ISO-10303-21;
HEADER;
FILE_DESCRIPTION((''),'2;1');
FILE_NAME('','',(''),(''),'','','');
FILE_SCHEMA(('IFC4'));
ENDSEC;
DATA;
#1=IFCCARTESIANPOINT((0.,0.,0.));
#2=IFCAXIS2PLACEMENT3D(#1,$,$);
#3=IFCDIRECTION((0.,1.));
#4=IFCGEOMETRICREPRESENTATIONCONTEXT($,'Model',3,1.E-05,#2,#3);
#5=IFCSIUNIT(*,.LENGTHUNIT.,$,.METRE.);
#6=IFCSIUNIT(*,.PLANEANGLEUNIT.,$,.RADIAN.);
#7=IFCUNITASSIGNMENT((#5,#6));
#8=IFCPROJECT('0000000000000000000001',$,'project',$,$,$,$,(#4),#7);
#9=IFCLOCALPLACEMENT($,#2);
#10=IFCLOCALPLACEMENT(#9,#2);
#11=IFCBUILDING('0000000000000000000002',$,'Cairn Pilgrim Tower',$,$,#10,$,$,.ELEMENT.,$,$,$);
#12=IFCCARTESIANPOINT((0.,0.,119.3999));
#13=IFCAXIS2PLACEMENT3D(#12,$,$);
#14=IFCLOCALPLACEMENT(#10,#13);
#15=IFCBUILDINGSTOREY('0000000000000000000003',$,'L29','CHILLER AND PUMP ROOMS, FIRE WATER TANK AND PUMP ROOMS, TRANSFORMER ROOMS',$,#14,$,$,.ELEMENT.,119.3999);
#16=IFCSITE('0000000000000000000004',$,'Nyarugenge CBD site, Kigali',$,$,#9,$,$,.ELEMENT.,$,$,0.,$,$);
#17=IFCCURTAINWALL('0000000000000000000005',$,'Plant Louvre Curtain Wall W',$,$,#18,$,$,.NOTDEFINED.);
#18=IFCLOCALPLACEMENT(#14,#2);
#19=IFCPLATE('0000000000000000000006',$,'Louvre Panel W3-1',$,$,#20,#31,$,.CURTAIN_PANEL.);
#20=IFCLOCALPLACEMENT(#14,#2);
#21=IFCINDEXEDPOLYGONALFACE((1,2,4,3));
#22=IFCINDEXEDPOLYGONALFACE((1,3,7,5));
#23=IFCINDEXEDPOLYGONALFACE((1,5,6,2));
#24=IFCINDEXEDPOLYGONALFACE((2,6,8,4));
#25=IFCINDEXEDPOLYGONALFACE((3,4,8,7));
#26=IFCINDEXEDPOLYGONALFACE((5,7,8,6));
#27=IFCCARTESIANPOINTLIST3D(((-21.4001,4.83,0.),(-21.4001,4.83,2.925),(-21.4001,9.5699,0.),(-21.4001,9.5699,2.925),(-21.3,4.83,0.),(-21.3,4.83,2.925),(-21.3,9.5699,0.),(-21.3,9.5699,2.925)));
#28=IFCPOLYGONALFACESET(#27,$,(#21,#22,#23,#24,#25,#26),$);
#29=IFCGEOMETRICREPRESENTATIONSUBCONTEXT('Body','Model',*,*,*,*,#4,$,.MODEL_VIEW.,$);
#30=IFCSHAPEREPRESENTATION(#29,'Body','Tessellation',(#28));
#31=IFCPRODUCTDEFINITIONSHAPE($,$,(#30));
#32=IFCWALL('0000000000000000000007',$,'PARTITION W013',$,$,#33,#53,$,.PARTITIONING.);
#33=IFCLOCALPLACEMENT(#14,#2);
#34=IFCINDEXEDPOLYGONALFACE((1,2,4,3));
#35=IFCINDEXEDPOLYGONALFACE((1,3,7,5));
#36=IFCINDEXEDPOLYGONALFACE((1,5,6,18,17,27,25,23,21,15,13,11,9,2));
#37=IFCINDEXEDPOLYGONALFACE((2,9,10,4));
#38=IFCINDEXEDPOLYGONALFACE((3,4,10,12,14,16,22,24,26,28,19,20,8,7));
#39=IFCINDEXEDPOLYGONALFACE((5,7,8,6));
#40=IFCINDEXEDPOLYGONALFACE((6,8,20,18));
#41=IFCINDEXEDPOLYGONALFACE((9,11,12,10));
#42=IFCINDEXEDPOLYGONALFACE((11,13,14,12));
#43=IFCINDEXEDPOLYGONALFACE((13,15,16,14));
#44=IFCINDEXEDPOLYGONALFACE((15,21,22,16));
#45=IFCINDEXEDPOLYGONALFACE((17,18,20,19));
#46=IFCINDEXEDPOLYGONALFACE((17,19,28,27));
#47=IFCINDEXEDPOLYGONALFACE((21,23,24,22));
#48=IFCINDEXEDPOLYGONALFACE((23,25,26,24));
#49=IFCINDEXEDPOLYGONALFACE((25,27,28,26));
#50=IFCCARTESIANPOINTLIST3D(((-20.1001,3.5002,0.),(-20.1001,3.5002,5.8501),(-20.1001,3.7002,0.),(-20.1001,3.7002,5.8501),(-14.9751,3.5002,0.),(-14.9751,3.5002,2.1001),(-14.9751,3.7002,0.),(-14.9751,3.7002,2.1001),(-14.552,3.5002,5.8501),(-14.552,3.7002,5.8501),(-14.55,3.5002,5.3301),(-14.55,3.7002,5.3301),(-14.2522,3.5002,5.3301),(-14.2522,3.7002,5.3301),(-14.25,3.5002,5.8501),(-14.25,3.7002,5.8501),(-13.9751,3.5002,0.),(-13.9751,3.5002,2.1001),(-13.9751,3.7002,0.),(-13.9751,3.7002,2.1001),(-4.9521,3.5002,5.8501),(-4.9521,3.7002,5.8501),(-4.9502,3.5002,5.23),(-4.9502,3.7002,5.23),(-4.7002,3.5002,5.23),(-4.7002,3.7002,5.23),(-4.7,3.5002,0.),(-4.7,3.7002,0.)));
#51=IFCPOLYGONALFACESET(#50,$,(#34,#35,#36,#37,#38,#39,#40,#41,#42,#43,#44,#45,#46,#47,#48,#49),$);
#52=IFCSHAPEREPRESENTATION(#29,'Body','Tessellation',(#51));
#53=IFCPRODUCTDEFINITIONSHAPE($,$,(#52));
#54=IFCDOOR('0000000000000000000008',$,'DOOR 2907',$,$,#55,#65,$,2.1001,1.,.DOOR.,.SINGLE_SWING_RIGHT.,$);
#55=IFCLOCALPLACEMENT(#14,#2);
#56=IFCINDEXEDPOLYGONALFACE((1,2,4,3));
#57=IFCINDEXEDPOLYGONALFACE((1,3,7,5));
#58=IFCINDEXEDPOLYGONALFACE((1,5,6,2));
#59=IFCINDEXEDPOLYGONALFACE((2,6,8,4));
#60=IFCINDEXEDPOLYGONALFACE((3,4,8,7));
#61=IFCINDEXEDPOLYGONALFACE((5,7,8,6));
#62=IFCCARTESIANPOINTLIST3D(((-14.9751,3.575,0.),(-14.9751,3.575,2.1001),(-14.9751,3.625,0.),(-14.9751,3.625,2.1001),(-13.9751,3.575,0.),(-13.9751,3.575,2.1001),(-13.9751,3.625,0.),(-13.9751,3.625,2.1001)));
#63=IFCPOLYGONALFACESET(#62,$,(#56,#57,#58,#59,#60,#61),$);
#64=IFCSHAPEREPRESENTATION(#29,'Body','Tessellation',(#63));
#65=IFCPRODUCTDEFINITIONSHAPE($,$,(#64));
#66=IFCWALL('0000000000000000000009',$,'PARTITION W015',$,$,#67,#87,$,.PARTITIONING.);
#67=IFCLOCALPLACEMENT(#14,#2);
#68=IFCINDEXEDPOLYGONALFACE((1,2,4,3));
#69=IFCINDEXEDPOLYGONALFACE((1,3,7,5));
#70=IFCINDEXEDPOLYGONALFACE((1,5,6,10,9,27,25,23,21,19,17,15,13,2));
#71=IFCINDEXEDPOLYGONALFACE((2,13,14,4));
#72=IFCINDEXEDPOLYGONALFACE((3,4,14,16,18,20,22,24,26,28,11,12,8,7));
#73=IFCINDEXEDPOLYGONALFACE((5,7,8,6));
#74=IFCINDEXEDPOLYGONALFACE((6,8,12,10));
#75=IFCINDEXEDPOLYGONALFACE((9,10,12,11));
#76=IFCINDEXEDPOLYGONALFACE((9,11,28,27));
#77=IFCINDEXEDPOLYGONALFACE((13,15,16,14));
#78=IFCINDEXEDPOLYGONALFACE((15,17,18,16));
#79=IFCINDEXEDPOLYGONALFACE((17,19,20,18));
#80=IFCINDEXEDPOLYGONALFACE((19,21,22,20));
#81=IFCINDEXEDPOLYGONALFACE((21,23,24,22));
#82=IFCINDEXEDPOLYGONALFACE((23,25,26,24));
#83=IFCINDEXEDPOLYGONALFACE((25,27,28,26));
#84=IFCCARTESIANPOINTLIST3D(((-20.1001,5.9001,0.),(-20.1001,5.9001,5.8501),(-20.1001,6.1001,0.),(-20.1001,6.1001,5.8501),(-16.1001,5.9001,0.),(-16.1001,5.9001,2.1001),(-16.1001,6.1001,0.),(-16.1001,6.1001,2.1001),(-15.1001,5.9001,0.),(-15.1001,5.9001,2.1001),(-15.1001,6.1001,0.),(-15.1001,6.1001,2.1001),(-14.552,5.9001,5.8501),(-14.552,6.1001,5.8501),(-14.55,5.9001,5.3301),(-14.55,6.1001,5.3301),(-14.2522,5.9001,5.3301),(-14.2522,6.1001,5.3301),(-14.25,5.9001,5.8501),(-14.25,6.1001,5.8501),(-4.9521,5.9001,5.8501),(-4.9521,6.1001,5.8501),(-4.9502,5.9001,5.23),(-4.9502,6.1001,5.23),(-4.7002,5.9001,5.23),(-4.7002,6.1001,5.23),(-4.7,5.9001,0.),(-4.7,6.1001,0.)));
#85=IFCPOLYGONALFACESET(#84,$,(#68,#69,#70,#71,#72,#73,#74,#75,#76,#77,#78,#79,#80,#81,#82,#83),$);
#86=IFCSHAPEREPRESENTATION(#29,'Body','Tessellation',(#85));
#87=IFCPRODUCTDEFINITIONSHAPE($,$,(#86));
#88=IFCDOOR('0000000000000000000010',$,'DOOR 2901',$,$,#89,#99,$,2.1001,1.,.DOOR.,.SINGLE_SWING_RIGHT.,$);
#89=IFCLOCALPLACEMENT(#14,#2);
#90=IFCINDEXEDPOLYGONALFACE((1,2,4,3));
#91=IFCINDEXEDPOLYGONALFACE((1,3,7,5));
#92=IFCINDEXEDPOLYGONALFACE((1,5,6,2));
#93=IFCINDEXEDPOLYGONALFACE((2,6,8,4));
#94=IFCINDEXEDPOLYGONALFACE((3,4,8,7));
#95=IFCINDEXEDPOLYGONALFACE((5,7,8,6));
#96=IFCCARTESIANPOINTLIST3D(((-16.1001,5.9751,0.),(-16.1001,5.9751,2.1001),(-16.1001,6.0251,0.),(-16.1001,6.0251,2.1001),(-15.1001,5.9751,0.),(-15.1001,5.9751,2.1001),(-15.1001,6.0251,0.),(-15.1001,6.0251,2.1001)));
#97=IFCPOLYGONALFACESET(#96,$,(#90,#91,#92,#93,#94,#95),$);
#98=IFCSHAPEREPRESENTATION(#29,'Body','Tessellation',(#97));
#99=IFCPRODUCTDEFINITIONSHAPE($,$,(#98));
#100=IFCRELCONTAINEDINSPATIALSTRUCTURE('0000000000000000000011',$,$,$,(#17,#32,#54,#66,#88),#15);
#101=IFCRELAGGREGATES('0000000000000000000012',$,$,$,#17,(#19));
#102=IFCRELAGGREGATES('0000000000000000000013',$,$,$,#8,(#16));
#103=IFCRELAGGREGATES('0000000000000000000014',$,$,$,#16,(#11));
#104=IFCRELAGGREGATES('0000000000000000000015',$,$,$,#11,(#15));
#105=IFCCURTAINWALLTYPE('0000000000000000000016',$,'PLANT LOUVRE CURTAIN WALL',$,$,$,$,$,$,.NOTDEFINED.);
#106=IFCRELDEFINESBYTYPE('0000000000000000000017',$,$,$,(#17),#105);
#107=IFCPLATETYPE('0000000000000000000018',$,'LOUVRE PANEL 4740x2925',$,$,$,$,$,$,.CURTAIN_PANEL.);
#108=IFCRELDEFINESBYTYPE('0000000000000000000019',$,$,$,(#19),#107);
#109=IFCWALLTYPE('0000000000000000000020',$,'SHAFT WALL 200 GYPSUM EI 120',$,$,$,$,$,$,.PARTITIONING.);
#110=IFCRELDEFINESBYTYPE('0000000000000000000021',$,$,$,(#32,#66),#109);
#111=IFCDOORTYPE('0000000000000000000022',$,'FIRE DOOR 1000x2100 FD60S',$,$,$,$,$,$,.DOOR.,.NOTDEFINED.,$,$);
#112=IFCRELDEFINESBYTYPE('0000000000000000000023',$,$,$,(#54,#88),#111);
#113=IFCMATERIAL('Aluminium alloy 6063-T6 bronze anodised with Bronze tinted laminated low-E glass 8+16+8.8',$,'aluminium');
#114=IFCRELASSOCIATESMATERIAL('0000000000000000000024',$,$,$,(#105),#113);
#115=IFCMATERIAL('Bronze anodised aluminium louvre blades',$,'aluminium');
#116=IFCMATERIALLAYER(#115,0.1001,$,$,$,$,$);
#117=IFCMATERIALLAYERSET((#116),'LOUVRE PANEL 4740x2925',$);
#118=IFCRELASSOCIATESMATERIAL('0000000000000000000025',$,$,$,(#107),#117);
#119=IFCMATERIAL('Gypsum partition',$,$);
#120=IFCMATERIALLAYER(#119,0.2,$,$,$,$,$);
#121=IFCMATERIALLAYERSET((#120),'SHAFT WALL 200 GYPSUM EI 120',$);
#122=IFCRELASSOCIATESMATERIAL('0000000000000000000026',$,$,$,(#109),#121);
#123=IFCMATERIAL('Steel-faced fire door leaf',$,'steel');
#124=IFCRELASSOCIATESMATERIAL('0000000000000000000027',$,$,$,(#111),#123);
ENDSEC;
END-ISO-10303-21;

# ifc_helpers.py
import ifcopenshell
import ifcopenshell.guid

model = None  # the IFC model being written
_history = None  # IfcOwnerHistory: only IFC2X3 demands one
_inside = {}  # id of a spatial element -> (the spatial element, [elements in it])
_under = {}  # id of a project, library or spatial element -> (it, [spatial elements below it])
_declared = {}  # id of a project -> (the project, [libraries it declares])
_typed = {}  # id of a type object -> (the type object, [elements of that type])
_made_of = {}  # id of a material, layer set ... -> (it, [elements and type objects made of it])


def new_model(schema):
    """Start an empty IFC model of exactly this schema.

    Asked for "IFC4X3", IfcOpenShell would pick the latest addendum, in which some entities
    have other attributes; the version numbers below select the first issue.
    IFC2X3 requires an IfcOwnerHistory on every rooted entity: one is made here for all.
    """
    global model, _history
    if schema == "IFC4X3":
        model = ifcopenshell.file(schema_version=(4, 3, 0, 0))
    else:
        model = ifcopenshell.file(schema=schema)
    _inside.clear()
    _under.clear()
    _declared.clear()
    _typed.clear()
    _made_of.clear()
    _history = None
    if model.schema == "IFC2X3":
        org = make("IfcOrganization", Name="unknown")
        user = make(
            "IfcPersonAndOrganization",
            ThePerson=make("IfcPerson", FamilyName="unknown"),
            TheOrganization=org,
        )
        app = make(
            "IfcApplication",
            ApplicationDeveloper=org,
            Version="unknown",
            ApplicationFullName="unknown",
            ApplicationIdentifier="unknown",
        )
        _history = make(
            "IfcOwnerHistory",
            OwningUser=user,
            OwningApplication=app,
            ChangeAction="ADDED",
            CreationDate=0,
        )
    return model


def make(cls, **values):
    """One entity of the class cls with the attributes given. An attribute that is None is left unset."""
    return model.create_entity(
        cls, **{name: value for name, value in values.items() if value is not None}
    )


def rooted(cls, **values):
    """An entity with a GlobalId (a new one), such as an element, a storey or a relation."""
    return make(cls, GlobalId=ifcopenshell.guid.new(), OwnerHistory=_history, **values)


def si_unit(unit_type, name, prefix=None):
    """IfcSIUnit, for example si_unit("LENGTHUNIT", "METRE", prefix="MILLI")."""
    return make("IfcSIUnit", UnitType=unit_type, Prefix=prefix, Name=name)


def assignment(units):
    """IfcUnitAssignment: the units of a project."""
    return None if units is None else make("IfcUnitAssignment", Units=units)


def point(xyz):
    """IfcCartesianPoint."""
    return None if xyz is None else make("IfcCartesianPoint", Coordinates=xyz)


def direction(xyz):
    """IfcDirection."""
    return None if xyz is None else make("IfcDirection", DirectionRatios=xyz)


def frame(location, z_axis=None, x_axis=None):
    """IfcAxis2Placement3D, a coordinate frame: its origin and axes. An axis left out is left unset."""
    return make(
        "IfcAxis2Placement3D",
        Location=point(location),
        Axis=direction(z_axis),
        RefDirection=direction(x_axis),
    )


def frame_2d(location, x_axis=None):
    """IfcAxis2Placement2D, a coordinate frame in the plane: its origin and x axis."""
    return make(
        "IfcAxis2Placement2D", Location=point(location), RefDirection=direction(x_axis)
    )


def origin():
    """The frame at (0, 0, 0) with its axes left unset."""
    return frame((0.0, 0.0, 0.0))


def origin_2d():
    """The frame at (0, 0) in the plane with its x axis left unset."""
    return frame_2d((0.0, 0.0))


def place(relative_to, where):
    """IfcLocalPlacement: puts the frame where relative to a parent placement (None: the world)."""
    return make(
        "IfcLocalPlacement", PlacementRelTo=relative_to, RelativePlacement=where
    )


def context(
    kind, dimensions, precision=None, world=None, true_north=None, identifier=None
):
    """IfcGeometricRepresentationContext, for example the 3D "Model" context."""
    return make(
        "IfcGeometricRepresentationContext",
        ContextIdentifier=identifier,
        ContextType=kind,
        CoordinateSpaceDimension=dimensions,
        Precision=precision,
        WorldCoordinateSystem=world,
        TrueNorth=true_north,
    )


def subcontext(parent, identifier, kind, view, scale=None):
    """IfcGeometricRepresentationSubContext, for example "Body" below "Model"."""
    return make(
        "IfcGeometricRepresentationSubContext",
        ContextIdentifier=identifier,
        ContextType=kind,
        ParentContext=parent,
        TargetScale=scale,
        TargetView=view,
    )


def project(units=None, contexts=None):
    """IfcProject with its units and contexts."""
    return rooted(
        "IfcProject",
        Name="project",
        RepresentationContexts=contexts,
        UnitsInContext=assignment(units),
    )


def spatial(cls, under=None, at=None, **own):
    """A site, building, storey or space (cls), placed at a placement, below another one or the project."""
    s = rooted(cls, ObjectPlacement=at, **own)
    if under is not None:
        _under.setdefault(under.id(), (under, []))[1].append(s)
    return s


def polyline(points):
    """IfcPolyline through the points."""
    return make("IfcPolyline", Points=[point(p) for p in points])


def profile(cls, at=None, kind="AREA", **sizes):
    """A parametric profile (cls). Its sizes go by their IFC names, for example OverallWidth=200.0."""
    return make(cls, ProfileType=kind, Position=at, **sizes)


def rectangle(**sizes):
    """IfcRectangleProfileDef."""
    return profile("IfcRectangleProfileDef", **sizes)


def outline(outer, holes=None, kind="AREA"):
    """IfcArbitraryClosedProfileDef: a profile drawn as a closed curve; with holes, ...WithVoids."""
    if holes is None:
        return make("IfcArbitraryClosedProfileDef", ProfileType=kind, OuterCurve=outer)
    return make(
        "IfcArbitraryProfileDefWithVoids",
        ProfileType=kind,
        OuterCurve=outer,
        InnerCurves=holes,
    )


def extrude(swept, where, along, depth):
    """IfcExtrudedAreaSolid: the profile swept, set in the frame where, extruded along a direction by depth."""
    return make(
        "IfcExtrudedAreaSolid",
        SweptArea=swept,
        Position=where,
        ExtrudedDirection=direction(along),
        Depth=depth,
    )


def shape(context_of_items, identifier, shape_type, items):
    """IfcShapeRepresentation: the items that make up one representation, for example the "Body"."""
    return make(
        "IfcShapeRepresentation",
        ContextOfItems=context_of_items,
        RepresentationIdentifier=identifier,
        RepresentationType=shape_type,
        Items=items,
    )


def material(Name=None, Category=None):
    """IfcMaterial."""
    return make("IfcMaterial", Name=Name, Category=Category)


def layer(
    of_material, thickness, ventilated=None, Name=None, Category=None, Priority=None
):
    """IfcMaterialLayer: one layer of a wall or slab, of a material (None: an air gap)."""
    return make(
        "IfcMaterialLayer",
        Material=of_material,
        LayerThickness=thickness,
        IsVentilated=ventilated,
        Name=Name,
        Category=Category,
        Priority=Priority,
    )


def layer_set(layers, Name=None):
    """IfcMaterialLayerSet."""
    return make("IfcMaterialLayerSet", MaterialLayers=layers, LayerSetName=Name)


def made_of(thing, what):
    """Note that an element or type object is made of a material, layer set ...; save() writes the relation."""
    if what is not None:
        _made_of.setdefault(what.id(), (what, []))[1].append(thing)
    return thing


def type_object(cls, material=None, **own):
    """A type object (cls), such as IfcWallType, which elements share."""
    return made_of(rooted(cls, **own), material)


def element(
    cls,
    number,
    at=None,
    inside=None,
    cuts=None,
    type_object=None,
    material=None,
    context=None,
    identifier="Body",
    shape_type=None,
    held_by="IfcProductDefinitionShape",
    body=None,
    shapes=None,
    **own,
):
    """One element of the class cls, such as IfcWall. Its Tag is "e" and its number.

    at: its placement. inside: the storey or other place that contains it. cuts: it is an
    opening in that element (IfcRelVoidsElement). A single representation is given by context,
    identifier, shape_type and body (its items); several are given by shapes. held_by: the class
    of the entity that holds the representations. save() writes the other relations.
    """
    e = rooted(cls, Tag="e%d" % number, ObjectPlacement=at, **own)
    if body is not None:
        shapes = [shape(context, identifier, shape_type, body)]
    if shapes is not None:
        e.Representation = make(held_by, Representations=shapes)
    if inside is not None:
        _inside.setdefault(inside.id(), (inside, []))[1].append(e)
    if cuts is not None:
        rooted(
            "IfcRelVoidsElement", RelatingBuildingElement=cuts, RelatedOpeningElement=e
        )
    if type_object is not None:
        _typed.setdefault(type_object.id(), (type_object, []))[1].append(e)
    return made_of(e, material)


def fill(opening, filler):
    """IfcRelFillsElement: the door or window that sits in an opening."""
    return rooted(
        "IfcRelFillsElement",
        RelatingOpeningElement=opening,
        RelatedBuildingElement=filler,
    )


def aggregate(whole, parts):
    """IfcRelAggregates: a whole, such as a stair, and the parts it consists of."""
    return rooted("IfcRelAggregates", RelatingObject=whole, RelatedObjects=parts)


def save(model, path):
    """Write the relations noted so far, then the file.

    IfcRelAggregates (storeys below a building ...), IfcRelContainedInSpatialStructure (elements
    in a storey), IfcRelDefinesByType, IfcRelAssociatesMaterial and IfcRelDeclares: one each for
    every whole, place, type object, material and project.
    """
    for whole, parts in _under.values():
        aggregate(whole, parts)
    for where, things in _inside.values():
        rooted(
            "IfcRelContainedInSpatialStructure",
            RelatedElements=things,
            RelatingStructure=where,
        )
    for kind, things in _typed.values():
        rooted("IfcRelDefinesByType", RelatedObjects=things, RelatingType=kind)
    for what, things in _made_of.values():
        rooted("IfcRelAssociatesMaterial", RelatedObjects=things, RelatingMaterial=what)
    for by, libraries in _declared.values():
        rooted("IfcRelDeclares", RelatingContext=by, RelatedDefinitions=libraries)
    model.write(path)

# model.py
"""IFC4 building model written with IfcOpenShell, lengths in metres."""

from ifc_helpers import new_model, si_unit, direction, frame, frame_2d, origin, origin_2d, place, context, subcontext, project, spatial, polyline, rectangle, outline, extrude, material, layer, layer_set, type_object, element, fill, aggregate, save


model = new_model("IFC4")

# Units and contexts
model_context = context("Model", 3, precision=1e-05, world=origin(), true_north=direction((0.0, 1.0)))
body_context = subcontext(model_context, "Body", "Model", "MODEL_VIEW")
ifc_project = project(units=[si_unit("LENGTHUNIT", "METRE"), si_unit("PLANEANGLEUNIT", "RADIAN")], contexts=[model_context])

# Site, building, storey
site_placement = place(None, origin())
site = spatial("IfcSite", under=ifc_project, at=site_placement, Name="Nyarugenge CBD site, Kigali", CompositionType="ELEMENT", RefElevation=0.0)
building_placement = place(site_placement, origin())
building = spatial("IfcBuilding", under=site, at=building_placement, Name="Cairn Pilgrim Tower", CompositionType="ELEMENT")
storey_placement = place(building_placement, frame((0.0, 0.0, 119.3999)))
storey = spatial("IfcBuildingStorey", under=building, at=storey_placement, Name="L29", Description="CHILLER AND PUMP ROOMS, FIRE WATER TANK AND PUMP ROOMS, TRANSFORMER ROOMS", CompositionType="ELEMENT", Elevation=119.3999)

# Curtain wall
ifc_material_1 = material(Name="Aluminium alloy 6063-T6 bronze anodised with Bronze tinted laminated low-E glass 8+16+8.8", Category="aluminium")
curtain_wall_type = type_object("IfcCurtainWallType", Name="PLANT LOUVRE CURTAIN WALL", PredefinedType="NOTDEFINED", material=ifc_material_1)
curtain_wall_placement = place(storey_placement, origin())
curtain_wall = element("IfcCurtainWall", 1, at=curtain_wall_placement, inside=storey, type_object=curtain_wall_type, Name="Plant Louvre Curtain Wall W", PredefinedType="NOTDEFINED")

# Plate
ifc_material_2 = material(Name="Bronze anodised aluminium louvre blades", Category="aluminium")
ifc_layer_1 = layer(ifc_material_2, 0.1001)
ifc_layer_set_1 = layer_set([ifc_layer_1], Name="LOUVRE PANEL 4740x2925")
plate_type_1 = type_object("IfcPlateType", Name="LOUVRE PANEL 4740x2925", PredefinedType="CURTAIN_PANEL", material=ifc_layer_set_1)
plate_1_placement = place(storey_placement, frame((-21.3501, 7.2, 0.0), z_axis=(0.0, 0.0, 1.0), x_axis=(0.0, -1.0, 0.0)))
plate_1 = element("IfcPlate", 2, at=plate_1_placement, type_object=plate_type_1, Name="Louvre Panel W3-1", PredefinedType="CURTAIN_PANEL", context=body_context, shape_type="SweptSolid", body=[
    extrude(rectangle(XDim=4.74, YDim=0.1001, at=origin_2d()), origin(), (0.0, 0.0, 1.0), 2.925),
])
aggregate(curtain_wall, [plate_1])

# Walls, openings, doors
ifc_material_3 = material(Name="Gypsum partition")
ifc_layer_2 = layer(ifc_material_3, 0.2)
ifc_layer_set_2 = layer_set([ifc_layer_2], Name="SHAFT WALL 200 GYPSUM EI 120")
wall_type = type_object("IfcWallType", Name="SHAFT WALL 200 GYPSUM EI 120", PredefinedType="PARTITIONING", material=ifc_layer_set_2)
wall_1_placement = place(storey_placement, frame((-20.1001, 3.6001, 0.0), z_axis=(0.0, 0.0, 1.0), x_axis=(1.0, 0.0, 0.0)))
wall_1 = element("IfcWall", 3, at=wall_1_placement, inside=storey, type_object=wall_type, Name="PARTITION W013", PredefinedType="PARTITIONING", context=body_context, shape_type="SweptSolid", body=[
    extrude(outline(polyline([(0.0, 0.0), (15.4001, 0.0), (15.3999, 5.23), (15.1499, 5.23), (15.1479, 5.8501), (5.8501, 5.8501), (5.8479, 5.3301), (5.55, 5.3301), (5.5481, 5.8501), (0.0, 5.8501), (0.0, 0.0)])), frame((0.0, 0.1001, 0.0), z_axis=(0.0, -1.0, 0.0), x_axis=(1.0, 0.0, 0.0)), (0.0, 0.0, 1.0), 0.2),
])
opening_1_placement = place(wall_1_placement, frame((5.125, 0.0, 0.0)))
opening_1 = element("IfcOpeningElement", 4, at=opening_1_placement, cuts=wall_1, PredefinedType="OPENING", context=body_context, shape_type="SweptSolid", body=[
    extrude(rectangle(XDim=1.0, YDim=2.1001, at=frame_2d((0.5, 1.05))), frame((0.0, 0.1099, 0.0), z_axis=(0.0, -1.0, 0.0), x_axis=(1.0, 0.0, 0.0)), (0.0, 0.0, 1.0), 0.22),
])
ifc_material_4 = material(Name="Steel-faced fire door leaf", Category="steel")
door_type = type_object("IfcDoorType", Name="FIRE DOOR 1000x2100 FD60S", OperationType="NOTDEFINED", PredefinedType="DOOR", material=ifc_material_4)
door_1_placement = place(opening_1_placement, origin())
door_1 = element("IfcDoor", 5, at=door_1_placement, inside=storey, type_object=door_type, Name="DOOR 2907", OperationType="SINGLE_SWING_RIGHT", OverallHeight=2.1001, OverallWidth=1.0, PredefinedType="DOOR", context=body_context, shape_type="SweptSolid", body=[
    extrude(rectangle(XDim=1.0, YDim=2.1001, at=frame_2d((0.5, 1.05))), frame((0.0, 0.0249, 0.0), z_axis=(0.0, -1.0, 0.0), x_axis=(1.0, 0.0, 0.0)), (0.0, 0.0, 1.0), 0.05),
])
fill(opening_1, door_1)
wall_2_placement = place(storey_placement, frame((-20.1001, 6.0, 0.0), z_axis=(0.0, 0.0, 1.0), x_axis=(1.0, 0.0, 0.0)))
wall_2 = element("IfcWall", 6, at=wall_2_placement, inside=storey, type_object=wall_type, Name="PARTITION W015", PredefinedType="PARTITIONING", context=body_context, shape_type="SweptSolid", body=[
    extrude(outline(polyline([(0.0, 0.0), (15.4001, 0.0), (15.3999, 5.23), (15.1499, 5.23), (15.1479, 5.8501), (5.8501, 5.8501), (5.8479, 5.3301), (5.55, 5.3301), (5.5481, 5.8501), (0.0, 5.8501), (0.0, 0.0)])), frame((0.0, 0.1001, 0.0), z_axis=(0.0, -1.0, 0.0), x_axis=(1.0, 0.0, 0.0)), (0.0, 0.0, 1.0), 0.2),
])
opening_2_placement = place(wall_2_placement, frame((4.0, 0.0, 0.0)))
opening_2 = element("IfcOpeningElement", 7, at=opening_2_placement, cuts=wall_2, PredefinedType="OPENING", context=body_context, shape_type="SweptSolid", body=[
    extrude(rectangle(XDim=1.0, YDim=2.1001, at=frame_2d((0.5, 1.05))), frame((0.0, 0.1099, 0.0), z_axis=(0.0, -1.0, 0.0), x_axis=(1.0, 0.0, 0.0)), (0.0, 0.0, 1.0), 0.22),
])
door_2_placement = place(opening_2_placement, frame((1.0, 0.0, 0.0), z_axis=(0.0, 0.0, 1.0), x_axis=(-1.0, 0.0, 0.0)))
door_2 = element("IfcDoor", 8, at=door_2_placement, inside=storey, type_object=door_type, Name="DOOR 2901", OperationType="SINGLE_SWING_RIGHT", OverallHeight=2.1001, OverallWidth=1.0, PredefinedType="DOOR", context=body_context, shape_type="SweptSolid", body=[
    extrude(rectangle(XDim=1.0, YDim=2.1001, at=frame_2d((0.5, 1.05))), frame((0.0, 0.0249, 0.0), z_axis=(0.0, -1.0, 0.0), x_axis=(1.0, 0.0, 0.0)), (0.0, 0.0, 1.0), 0.05),
])
fill(opening_2, door_2)

save(model, "model.ifc")
